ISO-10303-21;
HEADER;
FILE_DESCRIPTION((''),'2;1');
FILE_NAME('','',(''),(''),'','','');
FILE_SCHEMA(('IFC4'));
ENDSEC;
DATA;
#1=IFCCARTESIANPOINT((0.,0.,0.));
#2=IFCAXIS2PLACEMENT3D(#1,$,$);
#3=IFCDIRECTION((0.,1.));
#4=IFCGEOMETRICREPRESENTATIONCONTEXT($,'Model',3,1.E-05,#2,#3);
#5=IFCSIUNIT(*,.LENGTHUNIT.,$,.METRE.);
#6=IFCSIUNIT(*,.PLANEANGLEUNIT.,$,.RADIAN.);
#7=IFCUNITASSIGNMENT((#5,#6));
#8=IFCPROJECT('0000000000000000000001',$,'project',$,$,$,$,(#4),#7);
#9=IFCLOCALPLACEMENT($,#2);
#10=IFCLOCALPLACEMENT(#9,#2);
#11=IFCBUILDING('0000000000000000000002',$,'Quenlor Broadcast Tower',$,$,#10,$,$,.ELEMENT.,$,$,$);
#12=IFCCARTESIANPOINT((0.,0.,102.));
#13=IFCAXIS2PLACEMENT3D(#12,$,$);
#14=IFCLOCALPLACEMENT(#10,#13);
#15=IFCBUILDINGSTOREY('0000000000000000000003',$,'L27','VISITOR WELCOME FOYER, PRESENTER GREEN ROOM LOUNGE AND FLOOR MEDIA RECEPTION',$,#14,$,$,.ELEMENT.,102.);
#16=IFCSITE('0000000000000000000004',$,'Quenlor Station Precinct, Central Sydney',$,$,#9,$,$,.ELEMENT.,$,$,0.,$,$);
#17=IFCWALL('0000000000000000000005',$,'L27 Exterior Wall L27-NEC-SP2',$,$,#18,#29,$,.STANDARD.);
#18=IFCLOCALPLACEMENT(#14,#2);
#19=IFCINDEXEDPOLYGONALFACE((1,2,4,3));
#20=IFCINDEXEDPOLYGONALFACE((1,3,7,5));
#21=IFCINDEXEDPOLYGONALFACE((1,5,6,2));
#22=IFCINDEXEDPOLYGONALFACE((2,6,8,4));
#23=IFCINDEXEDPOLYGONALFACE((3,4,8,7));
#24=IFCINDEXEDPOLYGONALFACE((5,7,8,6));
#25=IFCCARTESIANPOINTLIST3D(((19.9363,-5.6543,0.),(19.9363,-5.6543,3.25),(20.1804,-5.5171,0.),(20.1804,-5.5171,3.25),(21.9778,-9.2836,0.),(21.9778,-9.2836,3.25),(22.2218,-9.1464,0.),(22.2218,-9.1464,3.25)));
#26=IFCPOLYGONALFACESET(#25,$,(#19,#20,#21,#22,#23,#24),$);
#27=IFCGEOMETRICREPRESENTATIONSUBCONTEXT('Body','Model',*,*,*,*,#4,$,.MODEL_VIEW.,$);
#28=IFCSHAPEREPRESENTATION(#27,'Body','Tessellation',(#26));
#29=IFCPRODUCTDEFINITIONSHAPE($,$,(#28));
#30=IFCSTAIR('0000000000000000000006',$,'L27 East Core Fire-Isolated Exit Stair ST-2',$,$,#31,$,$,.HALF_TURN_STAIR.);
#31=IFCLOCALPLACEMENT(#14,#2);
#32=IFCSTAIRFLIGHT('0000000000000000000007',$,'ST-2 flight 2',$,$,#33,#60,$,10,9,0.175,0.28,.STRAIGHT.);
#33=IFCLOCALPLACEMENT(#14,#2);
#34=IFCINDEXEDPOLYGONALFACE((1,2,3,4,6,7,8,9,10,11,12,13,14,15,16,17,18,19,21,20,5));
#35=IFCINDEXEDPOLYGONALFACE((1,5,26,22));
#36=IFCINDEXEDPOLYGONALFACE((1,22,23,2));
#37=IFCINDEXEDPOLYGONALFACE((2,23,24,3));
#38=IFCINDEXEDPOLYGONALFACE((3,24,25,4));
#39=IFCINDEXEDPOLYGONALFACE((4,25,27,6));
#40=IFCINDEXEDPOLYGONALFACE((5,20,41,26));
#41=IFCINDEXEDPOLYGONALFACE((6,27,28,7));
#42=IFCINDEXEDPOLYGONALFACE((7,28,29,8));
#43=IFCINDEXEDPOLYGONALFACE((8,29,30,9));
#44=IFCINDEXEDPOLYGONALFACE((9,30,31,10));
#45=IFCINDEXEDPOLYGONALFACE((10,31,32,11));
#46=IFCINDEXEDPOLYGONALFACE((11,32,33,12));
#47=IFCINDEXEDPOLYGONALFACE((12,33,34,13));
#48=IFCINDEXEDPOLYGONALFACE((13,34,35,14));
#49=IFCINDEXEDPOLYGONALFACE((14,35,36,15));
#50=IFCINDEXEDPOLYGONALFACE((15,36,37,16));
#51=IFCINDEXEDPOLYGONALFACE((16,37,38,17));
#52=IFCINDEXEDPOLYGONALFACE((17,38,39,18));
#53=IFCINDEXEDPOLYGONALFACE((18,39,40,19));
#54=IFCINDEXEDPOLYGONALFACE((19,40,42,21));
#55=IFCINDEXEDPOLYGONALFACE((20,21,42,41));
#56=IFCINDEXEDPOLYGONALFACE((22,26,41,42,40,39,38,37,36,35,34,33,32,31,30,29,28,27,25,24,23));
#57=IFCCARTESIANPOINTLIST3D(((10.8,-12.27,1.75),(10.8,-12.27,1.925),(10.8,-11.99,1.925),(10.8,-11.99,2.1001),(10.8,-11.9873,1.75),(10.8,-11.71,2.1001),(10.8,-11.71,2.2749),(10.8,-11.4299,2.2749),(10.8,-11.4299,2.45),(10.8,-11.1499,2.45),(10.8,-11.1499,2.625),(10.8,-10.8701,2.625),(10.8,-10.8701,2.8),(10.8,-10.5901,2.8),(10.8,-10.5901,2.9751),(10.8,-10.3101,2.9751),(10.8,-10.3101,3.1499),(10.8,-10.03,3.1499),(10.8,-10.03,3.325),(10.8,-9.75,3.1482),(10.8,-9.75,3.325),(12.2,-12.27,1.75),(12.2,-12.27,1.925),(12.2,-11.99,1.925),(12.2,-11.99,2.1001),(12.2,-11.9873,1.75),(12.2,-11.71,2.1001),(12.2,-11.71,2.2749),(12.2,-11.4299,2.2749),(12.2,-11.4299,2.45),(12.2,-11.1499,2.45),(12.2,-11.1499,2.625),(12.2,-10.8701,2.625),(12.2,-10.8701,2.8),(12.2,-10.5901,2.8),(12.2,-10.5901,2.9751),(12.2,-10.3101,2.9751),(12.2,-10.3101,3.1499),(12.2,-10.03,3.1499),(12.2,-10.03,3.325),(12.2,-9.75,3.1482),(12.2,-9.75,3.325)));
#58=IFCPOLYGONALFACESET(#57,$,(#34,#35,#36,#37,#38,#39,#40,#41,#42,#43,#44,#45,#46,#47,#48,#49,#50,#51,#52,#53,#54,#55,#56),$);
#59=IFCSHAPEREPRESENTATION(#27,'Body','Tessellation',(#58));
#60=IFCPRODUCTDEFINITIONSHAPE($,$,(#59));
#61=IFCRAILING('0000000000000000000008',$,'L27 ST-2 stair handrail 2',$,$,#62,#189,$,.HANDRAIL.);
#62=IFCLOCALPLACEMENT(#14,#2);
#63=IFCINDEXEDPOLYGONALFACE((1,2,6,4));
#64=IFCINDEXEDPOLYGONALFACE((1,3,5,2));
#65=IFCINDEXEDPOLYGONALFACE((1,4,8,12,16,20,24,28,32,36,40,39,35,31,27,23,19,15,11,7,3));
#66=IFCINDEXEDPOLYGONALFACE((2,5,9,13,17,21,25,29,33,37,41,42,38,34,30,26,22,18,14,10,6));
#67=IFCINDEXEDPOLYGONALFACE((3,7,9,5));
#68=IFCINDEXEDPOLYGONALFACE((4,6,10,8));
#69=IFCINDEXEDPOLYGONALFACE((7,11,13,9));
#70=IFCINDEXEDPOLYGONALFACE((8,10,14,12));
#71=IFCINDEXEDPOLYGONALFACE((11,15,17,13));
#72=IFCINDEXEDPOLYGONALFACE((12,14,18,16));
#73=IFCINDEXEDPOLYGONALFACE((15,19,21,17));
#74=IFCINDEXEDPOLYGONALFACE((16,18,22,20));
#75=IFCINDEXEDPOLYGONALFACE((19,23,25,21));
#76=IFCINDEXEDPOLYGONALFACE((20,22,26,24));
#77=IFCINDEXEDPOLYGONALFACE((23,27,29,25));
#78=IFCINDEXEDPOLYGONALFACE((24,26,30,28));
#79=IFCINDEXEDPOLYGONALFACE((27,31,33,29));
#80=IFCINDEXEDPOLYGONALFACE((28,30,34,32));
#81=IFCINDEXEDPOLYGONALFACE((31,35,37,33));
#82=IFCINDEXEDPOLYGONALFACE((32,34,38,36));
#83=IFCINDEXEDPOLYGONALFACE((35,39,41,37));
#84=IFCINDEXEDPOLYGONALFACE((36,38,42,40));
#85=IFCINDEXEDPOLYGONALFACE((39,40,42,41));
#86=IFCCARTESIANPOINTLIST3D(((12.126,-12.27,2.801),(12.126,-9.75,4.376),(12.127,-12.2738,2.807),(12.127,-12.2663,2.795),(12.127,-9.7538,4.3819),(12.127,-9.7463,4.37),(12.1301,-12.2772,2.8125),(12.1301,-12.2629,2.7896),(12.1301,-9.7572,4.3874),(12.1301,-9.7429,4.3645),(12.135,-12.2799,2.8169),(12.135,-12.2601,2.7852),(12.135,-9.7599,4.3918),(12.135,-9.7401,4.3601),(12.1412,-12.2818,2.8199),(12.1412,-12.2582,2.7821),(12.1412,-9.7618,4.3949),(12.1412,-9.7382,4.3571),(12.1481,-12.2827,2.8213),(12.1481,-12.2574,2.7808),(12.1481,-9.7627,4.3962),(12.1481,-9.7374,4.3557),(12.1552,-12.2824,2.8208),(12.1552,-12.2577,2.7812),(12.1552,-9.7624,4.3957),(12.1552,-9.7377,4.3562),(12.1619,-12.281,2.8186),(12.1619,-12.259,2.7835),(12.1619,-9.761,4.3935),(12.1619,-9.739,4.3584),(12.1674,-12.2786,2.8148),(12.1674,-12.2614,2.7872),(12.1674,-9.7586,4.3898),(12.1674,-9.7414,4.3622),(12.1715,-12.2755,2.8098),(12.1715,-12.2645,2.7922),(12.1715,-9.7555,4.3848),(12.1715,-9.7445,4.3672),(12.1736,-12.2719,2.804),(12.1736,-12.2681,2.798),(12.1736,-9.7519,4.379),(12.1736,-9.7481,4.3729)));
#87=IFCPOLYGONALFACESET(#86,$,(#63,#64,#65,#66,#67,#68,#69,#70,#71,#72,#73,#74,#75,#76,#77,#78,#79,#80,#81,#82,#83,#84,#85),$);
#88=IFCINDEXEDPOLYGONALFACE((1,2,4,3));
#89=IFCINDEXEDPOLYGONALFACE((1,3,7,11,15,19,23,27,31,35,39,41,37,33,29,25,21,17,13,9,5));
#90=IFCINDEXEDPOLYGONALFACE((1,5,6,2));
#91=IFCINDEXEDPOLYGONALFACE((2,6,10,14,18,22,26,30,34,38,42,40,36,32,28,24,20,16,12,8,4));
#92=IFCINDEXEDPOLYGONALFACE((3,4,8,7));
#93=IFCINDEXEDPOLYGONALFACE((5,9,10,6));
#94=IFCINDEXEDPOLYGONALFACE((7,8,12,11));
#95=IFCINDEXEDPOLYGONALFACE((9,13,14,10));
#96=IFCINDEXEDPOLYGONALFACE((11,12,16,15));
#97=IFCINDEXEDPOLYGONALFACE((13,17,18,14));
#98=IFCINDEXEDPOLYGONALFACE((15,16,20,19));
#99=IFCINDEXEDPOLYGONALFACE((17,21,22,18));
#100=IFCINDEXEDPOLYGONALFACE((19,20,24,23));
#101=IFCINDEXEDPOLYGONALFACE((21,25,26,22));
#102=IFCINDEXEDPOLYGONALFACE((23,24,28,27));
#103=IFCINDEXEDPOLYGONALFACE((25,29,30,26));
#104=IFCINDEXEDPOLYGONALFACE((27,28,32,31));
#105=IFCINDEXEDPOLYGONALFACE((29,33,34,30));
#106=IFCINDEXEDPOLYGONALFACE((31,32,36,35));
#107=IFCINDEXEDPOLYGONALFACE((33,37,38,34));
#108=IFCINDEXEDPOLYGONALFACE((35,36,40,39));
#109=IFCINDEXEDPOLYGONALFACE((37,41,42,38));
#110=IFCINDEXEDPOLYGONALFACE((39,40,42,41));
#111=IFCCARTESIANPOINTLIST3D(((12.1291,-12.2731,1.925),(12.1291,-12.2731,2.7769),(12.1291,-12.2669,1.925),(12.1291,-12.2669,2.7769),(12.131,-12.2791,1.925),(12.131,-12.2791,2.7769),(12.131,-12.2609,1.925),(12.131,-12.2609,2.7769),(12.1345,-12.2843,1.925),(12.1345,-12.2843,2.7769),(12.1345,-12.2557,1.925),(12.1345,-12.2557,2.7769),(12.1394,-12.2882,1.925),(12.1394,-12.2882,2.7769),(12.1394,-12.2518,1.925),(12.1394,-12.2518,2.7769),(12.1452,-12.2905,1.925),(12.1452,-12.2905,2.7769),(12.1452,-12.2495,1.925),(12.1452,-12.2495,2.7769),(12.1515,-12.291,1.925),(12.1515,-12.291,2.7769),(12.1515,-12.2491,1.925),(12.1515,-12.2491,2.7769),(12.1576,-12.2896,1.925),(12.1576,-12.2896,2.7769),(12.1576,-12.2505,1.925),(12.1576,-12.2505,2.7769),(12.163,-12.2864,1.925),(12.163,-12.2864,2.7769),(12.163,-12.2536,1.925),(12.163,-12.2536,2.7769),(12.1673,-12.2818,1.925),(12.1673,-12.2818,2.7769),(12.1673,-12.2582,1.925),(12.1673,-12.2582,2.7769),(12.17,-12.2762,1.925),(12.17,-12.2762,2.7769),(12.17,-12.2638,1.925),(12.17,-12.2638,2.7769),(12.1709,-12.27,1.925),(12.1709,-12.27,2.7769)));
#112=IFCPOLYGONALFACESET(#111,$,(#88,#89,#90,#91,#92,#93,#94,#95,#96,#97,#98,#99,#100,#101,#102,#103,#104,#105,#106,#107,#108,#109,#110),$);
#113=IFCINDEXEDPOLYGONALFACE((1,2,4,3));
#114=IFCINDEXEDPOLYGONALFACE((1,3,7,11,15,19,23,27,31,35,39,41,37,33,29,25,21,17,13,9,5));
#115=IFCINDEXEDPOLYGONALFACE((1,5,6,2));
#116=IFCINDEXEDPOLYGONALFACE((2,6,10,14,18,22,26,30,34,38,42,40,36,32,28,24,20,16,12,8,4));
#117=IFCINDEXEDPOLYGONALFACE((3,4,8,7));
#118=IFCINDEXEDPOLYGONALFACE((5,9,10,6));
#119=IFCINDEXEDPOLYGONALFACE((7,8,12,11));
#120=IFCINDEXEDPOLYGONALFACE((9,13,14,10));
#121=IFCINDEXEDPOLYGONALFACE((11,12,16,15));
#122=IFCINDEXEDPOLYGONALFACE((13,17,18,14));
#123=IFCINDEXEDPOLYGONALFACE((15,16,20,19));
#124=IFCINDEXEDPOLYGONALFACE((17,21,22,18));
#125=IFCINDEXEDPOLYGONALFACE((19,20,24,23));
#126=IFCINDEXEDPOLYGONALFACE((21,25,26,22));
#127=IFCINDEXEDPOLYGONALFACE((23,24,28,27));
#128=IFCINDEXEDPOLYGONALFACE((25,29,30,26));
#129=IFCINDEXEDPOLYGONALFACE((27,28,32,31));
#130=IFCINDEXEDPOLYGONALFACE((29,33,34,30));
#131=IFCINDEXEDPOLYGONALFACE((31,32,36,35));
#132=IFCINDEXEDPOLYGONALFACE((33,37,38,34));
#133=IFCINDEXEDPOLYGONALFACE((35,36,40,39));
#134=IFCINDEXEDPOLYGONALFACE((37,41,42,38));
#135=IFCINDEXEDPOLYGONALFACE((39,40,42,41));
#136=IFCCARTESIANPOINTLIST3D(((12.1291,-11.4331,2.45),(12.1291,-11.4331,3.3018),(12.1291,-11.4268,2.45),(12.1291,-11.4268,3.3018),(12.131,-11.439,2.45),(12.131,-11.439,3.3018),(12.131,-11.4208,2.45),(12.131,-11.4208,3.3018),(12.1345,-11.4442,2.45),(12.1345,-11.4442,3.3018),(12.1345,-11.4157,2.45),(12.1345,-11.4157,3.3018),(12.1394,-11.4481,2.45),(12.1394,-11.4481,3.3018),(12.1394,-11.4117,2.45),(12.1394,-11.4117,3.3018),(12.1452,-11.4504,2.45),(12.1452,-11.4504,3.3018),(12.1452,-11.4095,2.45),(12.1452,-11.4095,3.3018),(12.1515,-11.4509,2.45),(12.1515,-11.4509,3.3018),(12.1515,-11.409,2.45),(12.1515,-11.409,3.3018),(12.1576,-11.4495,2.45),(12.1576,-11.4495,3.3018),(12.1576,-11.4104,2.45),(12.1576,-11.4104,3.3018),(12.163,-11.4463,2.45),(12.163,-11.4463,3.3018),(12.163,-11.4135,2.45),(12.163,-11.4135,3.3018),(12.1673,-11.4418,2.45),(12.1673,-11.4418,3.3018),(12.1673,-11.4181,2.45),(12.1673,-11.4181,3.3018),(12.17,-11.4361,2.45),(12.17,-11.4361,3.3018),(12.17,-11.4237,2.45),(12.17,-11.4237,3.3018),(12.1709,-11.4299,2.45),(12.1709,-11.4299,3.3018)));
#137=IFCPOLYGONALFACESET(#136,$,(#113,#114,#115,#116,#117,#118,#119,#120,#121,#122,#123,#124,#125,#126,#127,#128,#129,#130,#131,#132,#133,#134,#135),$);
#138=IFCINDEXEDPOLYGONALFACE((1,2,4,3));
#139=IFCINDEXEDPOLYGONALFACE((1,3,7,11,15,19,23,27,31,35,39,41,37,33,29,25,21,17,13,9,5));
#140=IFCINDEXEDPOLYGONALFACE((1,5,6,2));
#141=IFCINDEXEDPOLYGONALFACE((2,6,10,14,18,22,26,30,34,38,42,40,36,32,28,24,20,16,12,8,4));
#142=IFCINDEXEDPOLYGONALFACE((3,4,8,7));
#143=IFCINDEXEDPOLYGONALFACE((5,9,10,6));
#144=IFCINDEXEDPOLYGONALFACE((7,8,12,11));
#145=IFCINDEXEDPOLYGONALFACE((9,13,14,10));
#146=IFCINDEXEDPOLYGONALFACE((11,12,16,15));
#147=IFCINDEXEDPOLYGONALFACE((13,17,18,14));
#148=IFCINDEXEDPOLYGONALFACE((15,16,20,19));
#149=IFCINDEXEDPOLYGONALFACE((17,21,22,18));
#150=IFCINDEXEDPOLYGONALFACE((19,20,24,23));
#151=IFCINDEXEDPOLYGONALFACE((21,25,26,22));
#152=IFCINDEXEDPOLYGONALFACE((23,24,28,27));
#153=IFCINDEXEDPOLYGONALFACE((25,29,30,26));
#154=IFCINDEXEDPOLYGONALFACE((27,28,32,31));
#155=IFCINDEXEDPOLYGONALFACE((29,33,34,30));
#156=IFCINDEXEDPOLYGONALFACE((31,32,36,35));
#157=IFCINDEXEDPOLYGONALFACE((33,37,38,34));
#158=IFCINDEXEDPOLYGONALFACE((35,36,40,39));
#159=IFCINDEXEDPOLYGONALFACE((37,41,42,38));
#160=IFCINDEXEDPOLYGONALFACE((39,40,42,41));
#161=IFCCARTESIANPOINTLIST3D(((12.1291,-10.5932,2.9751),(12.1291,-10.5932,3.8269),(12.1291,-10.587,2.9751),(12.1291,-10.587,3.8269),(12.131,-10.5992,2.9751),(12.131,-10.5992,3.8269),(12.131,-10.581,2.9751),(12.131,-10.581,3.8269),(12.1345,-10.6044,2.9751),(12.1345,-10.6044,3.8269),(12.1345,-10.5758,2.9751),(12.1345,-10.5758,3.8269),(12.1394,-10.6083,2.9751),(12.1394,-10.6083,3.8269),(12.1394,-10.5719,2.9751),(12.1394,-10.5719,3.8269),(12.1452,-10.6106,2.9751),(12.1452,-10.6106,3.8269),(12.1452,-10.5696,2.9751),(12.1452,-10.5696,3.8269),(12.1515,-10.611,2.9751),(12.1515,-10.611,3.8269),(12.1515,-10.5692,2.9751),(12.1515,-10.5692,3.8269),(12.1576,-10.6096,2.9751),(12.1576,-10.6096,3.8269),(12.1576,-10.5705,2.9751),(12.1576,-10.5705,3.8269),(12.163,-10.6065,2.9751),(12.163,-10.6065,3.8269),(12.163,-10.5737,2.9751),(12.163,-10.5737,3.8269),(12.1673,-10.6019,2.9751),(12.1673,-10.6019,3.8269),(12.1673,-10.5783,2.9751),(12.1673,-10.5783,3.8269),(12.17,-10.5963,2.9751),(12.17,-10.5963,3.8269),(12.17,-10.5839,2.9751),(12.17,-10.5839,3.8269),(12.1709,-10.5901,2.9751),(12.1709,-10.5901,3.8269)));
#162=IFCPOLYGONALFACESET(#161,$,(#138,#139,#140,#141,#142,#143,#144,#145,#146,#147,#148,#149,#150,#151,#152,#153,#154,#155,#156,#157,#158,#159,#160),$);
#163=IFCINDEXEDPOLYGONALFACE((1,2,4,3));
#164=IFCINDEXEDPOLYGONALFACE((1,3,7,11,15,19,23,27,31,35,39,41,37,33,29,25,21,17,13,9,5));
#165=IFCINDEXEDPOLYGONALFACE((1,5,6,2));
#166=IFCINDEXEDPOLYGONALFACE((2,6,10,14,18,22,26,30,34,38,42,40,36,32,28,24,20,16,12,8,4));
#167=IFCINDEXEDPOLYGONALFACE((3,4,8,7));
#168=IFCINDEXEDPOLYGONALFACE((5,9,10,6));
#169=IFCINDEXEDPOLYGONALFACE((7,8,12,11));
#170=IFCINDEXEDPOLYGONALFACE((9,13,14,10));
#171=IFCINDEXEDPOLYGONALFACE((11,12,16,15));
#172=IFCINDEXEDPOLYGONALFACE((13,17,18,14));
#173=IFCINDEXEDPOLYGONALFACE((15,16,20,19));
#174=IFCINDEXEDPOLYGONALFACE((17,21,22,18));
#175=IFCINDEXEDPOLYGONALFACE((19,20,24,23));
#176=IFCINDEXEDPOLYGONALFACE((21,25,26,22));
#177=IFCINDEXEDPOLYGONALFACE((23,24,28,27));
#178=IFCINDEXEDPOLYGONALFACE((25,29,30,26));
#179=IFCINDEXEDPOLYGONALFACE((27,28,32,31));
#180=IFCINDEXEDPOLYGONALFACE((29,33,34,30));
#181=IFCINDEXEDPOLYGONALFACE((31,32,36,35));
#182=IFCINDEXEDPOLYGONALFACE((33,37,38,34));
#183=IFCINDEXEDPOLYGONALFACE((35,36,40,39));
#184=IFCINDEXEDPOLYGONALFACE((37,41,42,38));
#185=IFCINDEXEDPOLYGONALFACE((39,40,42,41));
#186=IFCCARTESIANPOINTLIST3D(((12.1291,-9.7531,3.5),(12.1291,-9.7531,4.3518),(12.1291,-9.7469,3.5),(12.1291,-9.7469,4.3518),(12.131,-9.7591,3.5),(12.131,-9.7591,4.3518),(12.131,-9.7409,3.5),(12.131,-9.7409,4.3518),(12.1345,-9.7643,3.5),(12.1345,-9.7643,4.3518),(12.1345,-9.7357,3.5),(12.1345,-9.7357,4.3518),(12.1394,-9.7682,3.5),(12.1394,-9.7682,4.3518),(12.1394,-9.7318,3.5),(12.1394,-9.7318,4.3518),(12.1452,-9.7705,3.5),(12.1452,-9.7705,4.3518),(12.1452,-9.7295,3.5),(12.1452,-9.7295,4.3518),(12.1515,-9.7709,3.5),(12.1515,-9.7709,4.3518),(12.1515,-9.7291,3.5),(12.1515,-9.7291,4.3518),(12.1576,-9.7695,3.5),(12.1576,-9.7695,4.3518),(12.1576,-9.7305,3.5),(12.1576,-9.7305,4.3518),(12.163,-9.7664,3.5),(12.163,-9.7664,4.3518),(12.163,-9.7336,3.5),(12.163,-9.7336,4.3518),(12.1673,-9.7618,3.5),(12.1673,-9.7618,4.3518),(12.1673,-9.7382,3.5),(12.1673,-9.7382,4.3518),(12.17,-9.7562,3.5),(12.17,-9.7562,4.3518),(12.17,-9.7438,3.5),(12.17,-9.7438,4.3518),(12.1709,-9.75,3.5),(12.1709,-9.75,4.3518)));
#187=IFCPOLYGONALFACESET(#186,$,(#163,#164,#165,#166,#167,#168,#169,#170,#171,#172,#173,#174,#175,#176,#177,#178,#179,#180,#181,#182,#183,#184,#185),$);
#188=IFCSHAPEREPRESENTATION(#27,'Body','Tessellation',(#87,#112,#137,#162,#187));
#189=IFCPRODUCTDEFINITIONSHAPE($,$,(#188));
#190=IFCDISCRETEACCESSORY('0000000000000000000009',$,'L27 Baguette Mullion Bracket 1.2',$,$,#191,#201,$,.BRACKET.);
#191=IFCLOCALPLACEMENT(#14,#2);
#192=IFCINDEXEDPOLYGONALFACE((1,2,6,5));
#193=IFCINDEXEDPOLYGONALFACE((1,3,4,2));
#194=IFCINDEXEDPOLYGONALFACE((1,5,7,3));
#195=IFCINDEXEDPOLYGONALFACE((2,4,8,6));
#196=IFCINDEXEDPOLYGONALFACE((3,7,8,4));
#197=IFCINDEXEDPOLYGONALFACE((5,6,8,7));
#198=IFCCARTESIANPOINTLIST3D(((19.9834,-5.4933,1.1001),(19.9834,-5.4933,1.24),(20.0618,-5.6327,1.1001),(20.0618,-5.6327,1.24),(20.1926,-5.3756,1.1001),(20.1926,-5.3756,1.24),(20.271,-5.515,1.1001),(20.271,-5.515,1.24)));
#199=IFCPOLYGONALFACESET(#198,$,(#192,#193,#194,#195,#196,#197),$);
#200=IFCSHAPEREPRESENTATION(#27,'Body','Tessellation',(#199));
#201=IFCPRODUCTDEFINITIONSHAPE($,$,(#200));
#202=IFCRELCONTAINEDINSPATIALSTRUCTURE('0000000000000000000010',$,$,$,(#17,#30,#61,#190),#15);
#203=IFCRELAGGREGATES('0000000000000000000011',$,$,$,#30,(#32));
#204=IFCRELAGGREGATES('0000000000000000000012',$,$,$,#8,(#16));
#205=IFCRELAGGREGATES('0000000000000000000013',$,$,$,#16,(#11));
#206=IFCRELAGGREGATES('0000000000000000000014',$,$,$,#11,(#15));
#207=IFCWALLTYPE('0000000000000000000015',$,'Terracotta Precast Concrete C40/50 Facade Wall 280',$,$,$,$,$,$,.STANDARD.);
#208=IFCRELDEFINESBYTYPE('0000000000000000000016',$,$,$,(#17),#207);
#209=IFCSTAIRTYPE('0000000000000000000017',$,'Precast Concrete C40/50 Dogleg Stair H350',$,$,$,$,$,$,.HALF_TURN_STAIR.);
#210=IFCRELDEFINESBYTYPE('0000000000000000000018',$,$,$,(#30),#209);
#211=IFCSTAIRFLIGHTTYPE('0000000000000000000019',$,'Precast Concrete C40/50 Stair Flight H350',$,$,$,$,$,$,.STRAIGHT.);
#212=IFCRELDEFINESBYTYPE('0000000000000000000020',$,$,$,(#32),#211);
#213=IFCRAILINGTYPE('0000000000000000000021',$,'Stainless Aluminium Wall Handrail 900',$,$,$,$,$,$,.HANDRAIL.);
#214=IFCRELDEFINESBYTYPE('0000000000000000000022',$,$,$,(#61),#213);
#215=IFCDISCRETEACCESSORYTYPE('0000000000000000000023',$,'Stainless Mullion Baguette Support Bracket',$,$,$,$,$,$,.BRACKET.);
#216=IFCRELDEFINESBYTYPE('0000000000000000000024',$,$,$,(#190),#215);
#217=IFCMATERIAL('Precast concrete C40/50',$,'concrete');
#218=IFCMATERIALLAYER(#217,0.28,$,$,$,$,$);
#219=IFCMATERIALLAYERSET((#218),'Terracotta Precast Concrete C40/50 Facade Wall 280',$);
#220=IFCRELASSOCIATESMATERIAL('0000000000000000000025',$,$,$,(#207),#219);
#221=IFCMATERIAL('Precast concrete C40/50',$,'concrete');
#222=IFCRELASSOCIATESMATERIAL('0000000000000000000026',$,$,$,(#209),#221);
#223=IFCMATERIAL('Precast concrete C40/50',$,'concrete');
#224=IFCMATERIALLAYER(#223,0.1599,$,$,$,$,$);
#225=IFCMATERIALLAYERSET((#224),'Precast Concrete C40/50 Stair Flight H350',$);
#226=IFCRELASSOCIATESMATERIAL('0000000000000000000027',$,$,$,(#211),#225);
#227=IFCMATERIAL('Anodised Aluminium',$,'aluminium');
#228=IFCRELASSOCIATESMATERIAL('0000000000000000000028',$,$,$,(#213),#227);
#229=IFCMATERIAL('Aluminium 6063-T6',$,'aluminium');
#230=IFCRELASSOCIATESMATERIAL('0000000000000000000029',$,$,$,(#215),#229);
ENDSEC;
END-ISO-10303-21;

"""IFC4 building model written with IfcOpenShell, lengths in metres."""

from ifc_helpers import new_model, si_unit, direction, frame, frame_2d, origin, origin_2d, place, context, subcontext, project, spatial, polyline, rectangle, circle, outline, extrude, material, layer, layer_set, type_object, element, aggregate, save


model = new_model("IFC4")

# Units and contexts
model_context = context("Model", 3, precision=1e-05, world=origin(), true_north=direction((0.0, 1.0)))
body_context = subcontext(model_context, "Body", "Model", "MODEL_VIEW")
ifc_project = project(units=[si_unit("LENGTHUNIT", "METRE"), si_unit("PLANEANGLEUNIT", "RADIAN")], contexts=[model_context])

# Site, building, storey
site_placement = place(None, origin())
site = spatial("IfcSite", under=ifc_project, at=site_placement, Name="Quenlor Station Precinct, Central Sydney", CompositionType="ELEMENT", RefElevation=0.0)
building_placement = place(site_placement, origin())
building = spatial("IfcBuilding", under=site, at=building_placement, Name="Quenlor Broadcast Tower", CompositionType="ELEMENT")
storey_placement = place(building_placement, frame((0.0, 0.0, 102.0)))
storey = spatial("IfcBuildingStorey", under=building, at=storey_placement, Name="L27", Description="VISITOR WELCOME FOYER, PRESENTER GREEN ROOM LOUNGE AND FLOOR MEDIA RECEPTION", CompositionType="ELEMENT", Elevation=102.0)

# Wall
ifc_material_1 = material(Name="Precast concrete C40/50", Category="concrete")
ifc_layer_1 = layer(ifc_material_1, 0.28)
ifc_layer_set_1 = layer_set([ifc_layer_1], Name="Terracotta Precast Concrete C40/50 Facade Wall 280")
wall_type_1 = type_object("IfcWallType", Name="Terracotta Precast Concrete C40/50 Facade Wall 280", PredefinedType="STANDARD", material=ifc_layer_set_1)
wall_1_placement = place(storey_placement, frame((20.0583, -5.5857, 0.0), z_axis=(0.0, 0.0, 1.0), x_axis=(0.490256, -0.871579, 0.0)))
element("IfcWall", 1, at=wall_1_placement, inside=storey, type_object=wall_type_1, Name="L27 Exterior Wall L27-NEC-SP2", PredefinedType="STANDARD", context=body_context, shape_type="SweptSolid", body=[
    extrude(rectangle(XDim=4.1641, YDim=0.28, at=frame_2d((2.082, 0.0))), origin(), (0.0, 0.0, 1.0), 3.25),
])

# Stair, stair flight
ifc_material_2 = material(Name="Precast concrete C40/50", Category="concrete")
stair_type = type_object("IfcStairType", Name="Precast Concrete C40/50 Dogleg Stair H350", PredefinedType="HALF_TURN_STAIR", material=ifc_material_2)
stair_placement = place(storey_placement, origin())
stair = element("IfcStair", 2, at=stair_placement, inside=storey, type_object=stair_type, Name="L27 East Core Fire-Isolated Exit Stair ST-2", PredefinedType="HALF_TURN_STAIR")
ifc_material_3 = material(Name="Precast concrete C40/50", Category="concrete")
ifc_layer_2 = layer(ifc_material_3, 0.1599)
ifc_layer_set_2 = layer_set([ifc_layer_2], Name="Precast Concrete C40/50 Stair Flight H350")
stair_flight_type = type_object("IfcStairFlightType", Name="Precast Concrete C40/50 Stair Flight H350", PredefinedType="STRAIGHT", material=ifc_layer_set_2)
stair_flight_placement = place(storey_placement, frame((11.5, -12.27, 1.75), z_axis=(0.0, 0.0, 1.0), x_axis=(0.0, 1.0, 0.0)))
stair_flight = element("IfcStairFlight", 3, at=stair_flight_placement, type_object=stair_flight_type, Name="ST-2 flight 2", NumberOfRisers=10, NumberOfTreads=9, PredefinedType="STRAIGHT", RiserHeight=0.175, TreadLength=0.28, context=body_context, shape_type="SweptSolid", body=[
    extrude(outline(polyline([(0.0, 0.0), (0.0, 0.175), (0.28, 0.175), (0.28, 0.3501), (0.5601, 0.3501), (0.5601, 0.5249), (0.8401, 0.5249), (0.8401, 0.7), (1.1201, 0.7), (1.1201, 0.875), (1.3999, 0.875), (1.3999, 1.05), (1.6799, 1.05), (1.6799, 1.2251), (1.96, 1.2251), (1.96, 1.3999), (2.24, 1.3999), (2.24, 1.575), (2.52, 1.575), (2.52, 1.75), (2.52, 1.3982), (0.2827, 0.0), (0.0, 0.0)])), frame((0.0, 0.7, 0.0), z_axis=(0.0, -1.0, 0.0), x_axis=(1.0, 0.0, 0.0)), (0.0, 0.0, 1.0), 1.3999),
])
aggregate(stair, [stair_flight])

# Railing
ifc_material_4 = material(Name="Anodised Aluminium", Category="aluminium")
railing_type = type_object("IfcRailingType", Name="Stainless Aluminium Wall Handrail 900", PredefinedType="HANDRAIL", material=ifc_material_4)
railing_placement = place(storey_placement, frame((12.1499, -12.27, 1.925)))
element("IfcRailing", 4, at=railing_placement, inside=storey, type_object=railing_type, Name="L27 ST-2 stair handrail 2", PredefinedType="HANDRAIL", context=body_context, shape_type="SweptSolid", body=[
    extrude(circle(Radius=0.0239, at=origin_2d()), frame((0.0, 0.0, 0.876), z_axis=(0.0, 0.848008, 0.529984), x_axis=(-1.0, 0.0, 0.0)), (0.0, 0.0, 1.0), 2.9717),
    extrude(circle(Radius=0.021, at=origin_2d()), origin(), (0.0, 0.0, 1.0), 0.8518),
    extrude(circle(Radius=0.021, at=origin_2d()), frame((0.0, 0.8401, 0.5249)), (0.0, 0.0, 1.0), 0.8518),
    extrude(circle(Radius=0.021, at=origin_2d()), frame((0.0, 1.6799, 1.05)), (0.0, 0.0, 1.0), 0.8518),
    extrude(circle(Radius=0.021, at=origin_2d()), frame((0.0, 2.52, 1.575)), (0.0, 0.0, 1.0), 0.8518),
])

# Discrete accessory
ifc_material_5 = material(Name="Aluminium 6063-T6", Category="aluminium")
discrete_accessory_type = type_object("IfcDiscreteAccessoryType", Name="Stainless Mullion Baguette Support Bracket", PredefinedType="BRACKET", material=ifc_material_5)
for number, where, z_axis, x_axis, name in (
    (5, (20.1272, -5.5042, 1.1001), (0.0, 0.0, 1.0), (0.490277, -0.871567, 0.0), "L27 Baguette Mullion Bracket 1.2"),
):
    element("IfcDiscreteAccessory", number, at=place(storey_placement, frame(where, z_axis=z_axis, x_axis=x_axis)), inside=storey, type_object=discrete_accessory_type, Name=name, PredefinedType="BRACKET", context=body_context, shape_type="SweptSolid", body=[
        extrude(rectangle(XDim=0.1599, YDim=0.24, at=origin_2d()), origin(), (0.0, 0.0, 1.0), 0.1399),
    ])

save(model, "model.ifc")
